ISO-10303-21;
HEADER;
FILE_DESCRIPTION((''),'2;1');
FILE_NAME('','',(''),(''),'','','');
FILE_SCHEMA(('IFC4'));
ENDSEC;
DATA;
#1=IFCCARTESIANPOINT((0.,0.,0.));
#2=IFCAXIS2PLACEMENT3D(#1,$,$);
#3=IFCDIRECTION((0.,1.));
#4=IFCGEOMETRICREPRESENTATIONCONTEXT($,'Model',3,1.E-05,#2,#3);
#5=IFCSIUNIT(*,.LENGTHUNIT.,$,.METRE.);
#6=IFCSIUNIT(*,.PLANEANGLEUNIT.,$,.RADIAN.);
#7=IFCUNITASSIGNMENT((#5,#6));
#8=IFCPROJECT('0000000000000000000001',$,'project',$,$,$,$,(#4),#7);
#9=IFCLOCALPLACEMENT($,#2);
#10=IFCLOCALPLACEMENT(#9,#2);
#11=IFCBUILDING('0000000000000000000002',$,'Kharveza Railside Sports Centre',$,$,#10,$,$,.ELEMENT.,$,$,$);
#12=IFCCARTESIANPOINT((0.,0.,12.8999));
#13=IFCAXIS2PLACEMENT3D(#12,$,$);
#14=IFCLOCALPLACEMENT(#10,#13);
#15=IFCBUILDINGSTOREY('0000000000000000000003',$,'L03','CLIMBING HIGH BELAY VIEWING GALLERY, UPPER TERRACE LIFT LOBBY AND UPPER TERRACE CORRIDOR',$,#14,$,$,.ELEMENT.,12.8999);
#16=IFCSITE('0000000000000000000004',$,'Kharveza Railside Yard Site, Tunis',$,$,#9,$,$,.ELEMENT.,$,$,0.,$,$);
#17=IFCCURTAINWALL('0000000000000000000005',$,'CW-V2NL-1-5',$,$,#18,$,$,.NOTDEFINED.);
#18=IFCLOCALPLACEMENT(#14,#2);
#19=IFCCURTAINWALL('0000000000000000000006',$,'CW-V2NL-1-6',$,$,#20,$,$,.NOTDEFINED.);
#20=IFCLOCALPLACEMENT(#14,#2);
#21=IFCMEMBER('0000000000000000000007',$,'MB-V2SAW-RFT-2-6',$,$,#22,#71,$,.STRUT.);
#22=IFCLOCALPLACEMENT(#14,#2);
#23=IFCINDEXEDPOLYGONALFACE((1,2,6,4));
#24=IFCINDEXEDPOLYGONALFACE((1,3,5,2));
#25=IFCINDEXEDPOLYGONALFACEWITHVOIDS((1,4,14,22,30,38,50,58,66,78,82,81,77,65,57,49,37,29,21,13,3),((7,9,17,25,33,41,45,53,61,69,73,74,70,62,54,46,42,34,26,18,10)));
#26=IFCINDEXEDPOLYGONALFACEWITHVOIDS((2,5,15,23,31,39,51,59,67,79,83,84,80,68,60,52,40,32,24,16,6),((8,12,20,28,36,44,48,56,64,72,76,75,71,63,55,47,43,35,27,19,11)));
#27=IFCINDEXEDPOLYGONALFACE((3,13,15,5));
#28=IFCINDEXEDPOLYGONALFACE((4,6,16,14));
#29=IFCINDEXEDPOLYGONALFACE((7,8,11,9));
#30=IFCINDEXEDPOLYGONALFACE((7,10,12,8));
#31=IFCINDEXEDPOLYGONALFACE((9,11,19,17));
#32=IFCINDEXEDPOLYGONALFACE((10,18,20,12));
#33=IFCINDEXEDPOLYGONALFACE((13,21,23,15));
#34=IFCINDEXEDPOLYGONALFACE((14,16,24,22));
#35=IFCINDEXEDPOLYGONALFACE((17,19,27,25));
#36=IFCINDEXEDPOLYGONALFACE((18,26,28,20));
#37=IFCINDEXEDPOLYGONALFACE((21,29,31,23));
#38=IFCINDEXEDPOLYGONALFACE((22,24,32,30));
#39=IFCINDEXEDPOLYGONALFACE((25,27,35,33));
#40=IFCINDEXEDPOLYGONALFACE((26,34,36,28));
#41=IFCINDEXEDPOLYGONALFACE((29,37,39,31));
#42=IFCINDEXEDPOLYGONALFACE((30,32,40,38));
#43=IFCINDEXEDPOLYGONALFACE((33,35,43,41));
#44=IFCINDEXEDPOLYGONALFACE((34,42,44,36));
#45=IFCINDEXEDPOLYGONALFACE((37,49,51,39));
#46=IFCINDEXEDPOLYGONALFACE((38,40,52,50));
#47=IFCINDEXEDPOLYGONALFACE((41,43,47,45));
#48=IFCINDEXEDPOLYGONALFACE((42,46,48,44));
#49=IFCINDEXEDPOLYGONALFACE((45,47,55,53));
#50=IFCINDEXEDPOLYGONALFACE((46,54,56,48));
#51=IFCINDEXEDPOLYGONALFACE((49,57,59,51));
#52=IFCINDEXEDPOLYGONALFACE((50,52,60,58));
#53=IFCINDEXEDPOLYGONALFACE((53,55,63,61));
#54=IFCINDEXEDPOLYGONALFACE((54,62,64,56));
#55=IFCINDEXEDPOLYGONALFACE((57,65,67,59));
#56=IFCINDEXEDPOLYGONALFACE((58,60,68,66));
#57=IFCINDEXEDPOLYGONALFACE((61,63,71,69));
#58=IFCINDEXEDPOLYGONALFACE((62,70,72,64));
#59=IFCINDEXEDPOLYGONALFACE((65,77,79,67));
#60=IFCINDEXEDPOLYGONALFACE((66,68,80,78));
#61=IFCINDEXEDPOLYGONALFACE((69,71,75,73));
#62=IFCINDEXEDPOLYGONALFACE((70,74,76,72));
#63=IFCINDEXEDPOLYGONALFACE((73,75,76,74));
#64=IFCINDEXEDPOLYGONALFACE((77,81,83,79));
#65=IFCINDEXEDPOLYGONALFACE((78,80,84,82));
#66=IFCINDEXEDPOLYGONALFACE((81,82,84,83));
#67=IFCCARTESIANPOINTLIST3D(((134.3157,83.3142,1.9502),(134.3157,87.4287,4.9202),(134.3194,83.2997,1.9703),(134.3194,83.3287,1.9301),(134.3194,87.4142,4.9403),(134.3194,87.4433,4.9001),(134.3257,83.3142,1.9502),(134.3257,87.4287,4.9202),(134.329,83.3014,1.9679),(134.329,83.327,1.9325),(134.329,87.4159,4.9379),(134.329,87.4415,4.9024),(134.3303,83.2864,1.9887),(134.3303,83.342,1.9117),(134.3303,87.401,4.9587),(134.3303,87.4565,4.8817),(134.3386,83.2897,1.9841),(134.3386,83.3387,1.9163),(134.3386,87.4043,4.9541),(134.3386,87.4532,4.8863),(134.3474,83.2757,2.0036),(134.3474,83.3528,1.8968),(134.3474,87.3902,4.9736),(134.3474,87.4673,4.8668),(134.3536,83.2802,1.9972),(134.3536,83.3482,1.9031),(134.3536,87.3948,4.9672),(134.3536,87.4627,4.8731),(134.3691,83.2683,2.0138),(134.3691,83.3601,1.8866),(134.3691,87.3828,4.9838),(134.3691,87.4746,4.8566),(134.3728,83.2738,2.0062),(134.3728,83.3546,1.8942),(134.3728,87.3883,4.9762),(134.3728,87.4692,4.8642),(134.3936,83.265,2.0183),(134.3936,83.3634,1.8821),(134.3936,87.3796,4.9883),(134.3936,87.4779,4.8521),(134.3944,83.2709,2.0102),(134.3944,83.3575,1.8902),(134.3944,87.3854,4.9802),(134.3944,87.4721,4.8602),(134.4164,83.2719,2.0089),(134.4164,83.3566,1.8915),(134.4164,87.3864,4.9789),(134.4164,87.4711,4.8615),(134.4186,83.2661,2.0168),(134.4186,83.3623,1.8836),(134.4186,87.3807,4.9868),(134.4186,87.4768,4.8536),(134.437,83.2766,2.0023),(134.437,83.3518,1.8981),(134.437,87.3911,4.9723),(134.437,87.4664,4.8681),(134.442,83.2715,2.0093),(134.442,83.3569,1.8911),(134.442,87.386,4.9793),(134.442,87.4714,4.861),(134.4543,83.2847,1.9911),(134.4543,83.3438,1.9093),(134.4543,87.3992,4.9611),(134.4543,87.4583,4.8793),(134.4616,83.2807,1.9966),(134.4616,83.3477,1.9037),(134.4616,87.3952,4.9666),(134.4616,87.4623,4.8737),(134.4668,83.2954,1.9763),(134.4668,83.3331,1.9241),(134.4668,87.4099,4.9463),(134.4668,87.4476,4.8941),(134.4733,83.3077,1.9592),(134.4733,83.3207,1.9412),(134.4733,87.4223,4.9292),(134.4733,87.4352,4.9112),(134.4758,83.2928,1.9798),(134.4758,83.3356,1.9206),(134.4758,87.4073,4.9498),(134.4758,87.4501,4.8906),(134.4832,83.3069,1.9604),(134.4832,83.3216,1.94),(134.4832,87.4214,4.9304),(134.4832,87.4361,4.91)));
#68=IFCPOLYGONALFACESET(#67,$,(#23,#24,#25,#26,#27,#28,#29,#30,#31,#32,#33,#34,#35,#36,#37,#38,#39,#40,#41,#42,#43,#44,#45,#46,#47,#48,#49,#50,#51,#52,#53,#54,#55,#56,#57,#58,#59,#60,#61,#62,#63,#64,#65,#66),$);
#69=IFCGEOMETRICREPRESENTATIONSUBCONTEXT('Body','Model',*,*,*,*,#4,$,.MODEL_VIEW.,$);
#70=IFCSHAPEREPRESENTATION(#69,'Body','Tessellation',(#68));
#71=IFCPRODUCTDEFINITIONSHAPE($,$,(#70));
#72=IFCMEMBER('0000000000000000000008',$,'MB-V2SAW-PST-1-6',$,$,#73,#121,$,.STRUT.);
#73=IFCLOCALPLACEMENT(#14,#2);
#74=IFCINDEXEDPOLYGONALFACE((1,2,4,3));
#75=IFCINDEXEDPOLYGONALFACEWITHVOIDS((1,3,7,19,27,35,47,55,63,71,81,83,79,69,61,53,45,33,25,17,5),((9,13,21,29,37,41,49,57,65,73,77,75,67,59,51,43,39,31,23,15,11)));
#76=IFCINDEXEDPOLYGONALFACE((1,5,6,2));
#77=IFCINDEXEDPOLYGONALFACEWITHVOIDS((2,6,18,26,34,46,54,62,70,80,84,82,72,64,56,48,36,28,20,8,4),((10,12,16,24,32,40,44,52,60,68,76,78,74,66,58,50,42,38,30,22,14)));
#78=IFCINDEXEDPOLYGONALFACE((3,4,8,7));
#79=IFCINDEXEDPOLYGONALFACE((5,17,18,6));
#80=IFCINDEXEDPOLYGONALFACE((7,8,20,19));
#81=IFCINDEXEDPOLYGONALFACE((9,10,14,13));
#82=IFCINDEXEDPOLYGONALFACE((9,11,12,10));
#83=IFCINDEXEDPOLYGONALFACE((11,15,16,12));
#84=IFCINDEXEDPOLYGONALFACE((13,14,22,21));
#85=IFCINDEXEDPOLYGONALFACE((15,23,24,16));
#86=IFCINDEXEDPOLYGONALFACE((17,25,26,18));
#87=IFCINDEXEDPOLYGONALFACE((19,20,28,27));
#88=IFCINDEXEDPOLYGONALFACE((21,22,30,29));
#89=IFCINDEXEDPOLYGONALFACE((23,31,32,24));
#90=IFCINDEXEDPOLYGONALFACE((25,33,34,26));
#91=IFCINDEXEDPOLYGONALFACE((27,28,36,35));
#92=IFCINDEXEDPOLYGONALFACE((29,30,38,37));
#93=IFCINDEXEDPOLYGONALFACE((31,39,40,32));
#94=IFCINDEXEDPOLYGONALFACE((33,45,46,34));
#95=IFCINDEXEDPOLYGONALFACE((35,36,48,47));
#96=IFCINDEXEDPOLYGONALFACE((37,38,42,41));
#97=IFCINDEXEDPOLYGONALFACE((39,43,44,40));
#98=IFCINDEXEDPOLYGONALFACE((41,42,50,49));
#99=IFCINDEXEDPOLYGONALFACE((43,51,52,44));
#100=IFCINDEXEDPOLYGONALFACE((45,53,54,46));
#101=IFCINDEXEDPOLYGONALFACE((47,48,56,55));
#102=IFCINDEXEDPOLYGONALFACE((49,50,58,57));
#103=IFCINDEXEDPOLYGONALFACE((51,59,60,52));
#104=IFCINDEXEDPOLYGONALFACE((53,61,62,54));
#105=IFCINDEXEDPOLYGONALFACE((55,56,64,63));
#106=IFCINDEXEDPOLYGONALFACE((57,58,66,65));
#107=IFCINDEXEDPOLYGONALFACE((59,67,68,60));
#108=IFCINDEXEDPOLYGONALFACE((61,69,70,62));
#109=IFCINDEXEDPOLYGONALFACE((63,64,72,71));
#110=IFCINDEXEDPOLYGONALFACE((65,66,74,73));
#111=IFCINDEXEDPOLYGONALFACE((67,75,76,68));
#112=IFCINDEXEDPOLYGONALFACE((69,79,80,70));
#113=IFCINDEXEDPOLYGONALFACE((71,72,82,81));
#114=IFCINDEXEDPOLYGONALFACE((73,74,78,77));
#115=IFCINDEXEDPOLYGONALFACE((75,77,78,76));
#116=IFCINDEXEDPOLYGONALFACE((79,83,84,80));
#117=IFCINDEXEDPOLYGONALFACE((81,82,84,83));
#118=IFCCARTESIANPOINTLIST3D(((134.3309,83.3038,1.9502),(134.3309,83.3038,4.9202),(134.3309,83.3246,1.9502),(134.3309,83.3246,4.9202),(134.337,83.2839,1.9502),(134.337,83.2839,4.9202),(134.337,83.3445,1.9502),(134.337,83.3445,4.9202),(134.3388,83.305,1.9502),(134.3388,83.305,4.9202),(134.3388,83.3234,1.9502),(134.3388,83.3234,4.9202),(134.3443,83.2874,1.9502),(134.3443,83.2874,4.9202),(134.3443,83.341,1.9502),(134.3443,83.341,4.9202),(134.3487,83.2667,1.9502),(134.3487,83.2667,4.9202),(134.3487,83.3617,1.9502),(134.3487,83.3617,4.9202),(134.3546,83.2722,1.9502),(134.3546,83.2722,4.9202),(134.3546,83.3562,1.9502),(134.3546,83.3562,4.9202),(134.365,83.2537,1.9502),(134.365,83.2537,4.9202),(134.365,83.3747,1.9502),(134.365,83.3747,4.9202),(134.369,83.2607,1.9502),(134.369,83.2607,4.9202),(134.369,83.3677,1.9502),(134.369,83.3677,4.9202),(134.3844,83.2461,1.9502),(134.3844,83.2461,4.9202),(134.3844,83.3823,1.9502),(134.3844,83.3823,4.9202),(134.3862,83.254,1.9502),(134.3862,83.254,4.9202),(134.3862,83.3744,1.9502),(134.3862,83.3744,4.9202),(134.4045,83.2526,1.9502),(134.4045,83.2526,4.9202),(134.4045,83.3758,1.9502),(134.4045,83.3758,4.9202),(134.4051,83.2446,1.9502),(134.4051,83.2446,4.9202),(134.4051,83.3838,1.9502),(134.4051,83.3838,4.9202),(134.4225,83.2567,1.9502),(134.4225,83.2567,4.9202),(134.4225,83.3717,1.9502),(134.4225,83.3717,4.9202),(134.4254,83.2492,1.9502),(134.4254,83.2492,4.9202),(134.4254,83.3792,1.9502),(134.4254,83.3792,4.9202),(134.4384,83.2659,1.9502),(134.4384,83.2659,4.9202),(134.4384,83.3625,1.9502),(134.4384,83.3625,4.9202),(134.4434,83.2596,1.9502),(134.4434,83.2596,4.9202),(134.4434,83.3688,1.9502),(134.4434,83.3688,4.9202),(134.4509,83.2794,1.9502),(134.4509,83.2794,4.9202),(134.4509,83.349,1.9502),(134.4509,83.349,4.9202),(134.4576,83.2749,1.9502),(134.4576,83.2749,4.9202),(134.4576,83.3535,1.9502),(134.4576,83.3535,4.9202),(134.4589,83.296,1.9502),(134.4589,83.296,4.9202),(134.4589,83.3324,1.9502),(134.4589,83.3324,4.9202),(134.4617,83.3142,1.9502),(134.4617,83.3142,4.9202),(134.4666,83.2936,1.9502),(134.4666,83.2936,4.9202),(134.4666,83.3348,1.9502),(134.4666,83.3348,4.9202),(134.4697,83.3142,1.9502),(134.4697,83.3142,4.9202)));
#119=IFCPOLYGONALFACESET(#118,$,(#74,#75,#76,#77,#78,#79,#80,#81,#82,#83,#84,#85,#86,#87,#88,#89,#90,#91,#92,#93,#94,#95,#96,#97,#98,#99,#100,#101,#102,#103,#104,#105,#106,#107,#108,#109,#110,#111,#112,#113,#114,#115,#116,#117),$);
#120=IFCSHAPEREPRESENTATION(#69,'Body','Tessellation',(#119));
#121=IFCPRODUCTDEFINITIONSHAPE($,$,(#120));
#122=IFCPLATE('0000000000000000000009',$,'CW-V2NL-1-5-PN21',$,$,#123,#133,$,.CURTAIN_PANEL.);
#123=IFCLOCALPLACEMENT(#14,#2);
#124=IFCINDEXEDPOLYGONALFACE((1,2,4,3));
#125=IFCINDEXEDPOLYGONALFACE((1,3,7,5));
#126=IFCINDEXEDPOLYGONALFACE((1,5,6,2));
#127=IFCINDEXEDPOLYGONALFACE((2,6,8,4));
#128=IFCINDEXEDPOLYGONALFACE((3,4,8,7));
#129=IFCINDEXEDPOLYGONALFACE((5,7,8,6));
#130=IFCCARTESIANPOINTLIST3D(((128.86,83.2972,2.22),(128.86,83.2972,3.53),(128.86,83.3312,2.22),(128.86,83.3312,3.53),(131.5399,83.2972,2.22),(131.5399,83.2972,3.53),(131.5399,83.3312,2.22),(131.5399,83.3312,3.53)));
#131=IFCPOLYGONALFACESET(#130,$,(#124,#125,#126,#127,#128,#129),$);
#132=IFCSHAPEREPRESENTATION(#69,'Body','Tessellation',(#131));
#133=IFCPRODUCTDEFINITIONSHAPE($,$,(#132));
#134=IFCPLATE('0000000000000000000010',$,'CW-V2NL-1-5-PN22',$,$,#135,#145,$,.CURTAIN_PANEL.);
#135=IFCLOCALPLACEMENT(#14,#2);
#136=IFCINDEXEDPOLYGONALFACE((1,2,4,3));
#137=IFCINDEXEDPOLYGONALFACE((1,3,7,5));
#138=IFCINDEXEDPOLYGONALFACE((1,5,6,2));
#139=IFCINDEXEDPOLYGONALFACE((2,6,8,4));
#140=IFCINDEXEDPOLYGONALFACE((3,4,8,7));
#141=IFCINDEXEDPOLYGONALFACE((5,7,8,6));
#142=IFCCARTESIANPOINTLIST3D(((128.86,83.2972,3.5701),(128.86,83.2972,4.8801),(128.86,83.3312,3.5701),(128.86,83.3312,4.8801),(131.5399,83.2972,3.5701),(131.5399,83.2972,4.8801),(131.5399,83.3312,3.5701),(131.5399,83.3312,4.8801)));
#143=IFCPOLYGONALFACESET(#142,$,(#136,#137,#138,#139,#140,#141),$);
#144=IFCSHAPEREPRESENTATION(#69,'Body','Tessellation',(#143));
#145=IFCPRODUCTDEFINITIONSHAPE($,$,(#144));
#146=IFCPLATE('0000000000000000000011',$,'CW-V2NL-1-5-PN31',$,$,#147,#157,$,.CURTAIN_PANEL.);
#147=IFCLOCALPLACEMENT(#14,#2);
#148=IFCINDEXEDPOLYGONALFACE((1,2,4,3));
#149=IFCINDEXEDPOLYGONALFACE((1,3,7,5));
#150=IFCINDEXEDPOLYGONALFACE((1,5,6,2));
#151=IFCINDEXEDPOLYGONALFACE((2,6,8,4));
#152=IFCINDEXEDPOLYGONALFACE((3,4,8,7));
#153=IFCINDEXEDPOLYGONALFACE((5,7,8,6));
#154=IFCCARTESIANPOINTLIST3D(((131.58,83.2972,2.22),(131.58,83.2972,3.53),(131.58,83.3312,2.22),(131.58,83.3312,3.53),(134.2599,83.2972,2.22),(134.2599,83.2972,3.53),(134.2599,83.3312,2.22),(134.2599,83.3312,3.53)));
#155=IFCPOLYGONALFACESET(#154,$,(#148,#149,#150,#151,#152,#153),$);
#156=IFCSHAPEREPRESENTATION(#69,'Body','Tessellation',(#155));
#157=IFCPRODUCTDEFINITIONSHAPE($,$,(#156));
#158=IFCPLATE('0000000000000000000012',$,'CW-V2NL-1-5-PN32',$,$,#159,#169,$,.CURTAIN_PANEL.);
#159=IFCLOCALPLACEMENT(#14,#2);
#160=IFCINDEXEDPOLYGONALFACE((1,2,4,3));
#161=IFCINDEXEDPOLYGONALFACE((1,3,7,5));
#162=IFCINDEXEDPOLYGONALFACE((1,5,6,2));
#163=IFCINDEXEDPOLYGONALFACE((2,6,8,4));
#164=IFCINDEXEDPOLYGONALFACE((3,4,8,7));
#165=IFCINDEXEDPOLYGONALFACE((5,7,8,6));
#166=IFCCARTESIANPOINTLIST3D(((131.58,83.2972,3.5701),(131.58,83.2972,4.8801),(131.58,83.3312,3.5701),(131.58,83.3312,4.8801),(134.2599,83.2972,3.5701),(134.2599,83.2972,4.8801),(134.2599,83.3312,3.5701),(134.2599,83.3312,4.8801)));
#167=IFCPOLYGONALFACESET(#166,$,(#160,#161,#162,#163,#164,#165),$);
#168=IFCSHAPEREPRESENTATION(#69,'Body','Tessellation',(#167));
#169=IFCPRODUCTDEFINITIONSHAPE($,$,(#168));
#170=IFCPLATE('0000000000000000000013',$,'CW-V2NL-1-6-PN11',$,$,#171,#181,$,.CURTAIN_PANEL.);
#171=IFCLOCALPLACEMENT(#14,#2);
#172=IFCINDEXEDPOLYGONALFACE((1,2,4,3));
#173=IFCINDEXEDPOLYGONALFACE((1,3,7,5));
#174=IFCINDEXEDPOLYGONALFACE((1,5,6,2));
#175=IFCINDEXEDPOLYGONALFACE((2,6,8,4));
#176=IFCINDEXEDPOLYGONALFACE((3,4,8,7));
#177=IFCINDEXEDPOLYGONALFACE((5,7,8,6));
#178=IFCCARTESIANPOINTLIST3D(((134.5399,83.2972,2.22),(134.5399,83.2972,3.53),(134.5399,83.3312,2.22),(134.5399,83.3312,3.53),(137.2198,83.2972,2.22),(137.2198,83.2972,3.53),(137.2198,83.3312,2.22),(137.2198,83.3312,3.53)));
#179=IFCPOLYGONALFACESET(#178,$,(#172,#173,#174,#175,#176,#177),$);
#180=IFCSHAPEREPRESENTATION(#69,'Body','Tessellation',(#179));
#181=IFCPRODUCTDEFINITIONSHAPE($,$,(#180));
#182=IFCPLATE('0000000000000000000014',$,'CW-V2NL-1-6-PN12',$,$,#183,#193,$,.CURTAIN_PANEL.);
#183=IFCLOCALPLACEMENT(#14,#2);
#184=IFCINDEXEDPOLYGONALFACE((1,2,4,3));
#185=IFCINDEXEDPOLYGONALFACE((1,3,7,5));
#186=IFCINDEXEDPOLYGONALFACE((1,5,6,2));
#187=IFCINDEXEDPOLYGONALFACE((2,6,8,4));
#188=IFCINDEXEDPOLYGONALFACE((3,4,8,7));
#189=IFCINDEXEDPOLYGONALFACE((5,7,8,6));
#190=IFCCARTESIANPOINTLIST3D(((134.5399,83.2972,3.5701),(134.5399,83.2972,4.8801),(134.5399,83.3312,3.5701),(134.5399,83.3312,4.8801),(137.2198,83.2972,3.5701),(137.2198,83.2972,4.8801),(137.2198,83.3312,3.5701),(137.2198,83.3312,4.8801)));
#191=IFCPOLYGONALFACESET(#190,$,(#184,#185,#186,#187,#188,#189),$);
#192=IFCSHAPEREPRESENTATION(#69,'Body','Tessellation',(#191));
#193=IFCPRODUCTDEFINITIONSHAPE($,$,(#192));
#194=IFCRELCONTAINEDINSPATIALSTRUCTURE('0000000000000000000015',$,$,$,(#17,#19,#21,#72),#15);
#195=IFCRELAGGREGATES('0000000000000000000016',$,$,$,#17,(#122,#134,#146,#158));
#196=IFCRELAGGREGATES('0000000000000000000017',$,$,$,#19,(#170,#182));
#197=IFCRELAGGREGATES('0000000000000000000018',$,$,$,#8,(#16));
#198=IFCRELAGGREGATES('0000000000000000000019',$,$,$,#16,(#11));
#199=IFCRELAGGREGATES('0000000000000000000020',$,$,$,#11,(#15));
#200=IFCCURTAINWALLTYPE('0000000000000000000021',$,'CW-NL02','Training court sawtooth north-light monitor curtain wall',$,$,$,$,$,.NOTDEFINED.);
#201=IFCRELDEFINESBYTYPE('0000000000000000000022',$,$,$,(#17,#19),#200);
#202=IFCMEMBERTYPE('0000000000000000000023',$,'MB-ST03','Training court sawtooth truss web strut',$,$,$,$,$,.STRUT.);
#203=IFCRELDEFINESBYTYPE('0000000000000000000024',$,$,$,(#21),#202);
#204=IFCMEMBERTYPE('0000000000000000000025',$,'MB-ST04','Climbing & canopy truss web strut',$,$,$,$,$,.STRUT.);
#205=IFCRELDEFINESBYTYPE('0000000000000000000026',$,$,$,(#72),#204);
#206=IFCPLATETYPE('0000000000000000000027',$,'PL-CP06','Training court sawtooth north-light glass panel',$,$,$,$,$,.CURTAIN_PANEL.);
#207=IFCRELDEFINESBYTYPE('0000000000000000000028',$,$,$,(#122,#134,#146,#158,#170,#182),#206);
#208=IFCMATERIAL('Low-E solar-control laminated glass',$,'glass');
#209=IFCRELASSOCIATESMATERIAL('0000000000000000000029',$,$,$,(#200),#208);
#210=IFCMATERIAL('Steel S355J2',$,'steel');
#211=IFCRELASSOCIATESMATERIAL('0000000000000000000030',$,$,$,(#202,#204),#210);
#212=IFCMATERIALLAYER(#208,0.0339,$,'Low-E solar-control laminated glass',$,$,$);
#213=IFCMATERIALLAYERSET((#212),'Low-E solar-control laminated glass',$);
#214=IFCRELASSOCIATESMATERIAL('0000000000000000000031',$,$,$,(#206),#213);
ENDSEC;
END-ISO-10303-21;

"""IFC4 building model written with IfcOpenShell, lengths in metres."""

from ifc_helpers import new_model, si_unit, direction, frame, origin, origin_2d, place, context, subcontext, project, spatial, rectangle, hollow_circle, extrude, material, layer, layer_set, material_profile, profile_set, type_object, element, aggregate, save


model = new_model("IFC4")

# Units and contexts
model_context = context("Model", 3, precision=1e-05, world=origin(), true_north=direction((0.0, 1.0)))
body_context = subcontext(model_context, "Body", "Model", "MODEL_VIEW")
ifc_project = project(units=[si_unit("LENGTHUNIT", "METRE"), si_unit("PLANEANGLEUNIT", "RADIAN")], contexts=[model_context])

# Site, building, storey
site_placement = place(None, origin())
site = spatial("IfcSite", under=ifc_project, at=site_placement, Name="Kharveza Railside Yard Site, Tunis", CompositionType="ELEMENT", RefElevation=0.0)
building_placement = place(site_placement, origin())
building = spatial("IfcBuilding", under=site, at=building_placement, Name="Kharveza Railside Sports Centre", CompositionType="ELEMENT")
storey_placement = place(building_placement, frame((0.0, 0.0, 12.8999)))
storey = spatial("IfcBuildingStorey", under=building, at=storey_placement, Name="L03", Description="CLIMBING HIGH BELAY VIEWING GALLERY, UPPER TERRACE LIFT LOBBY AND UPPER TERRACE CORRIDOR", CompositionType="ELEMENT", Elevation=12.8999)

# Shared definitions
ifc_material_1 = material(Name="Steel S355J2", Category="steel")

# Curtain walls
ifc_material_2 = material(Name="Low-E solar-control laminated glass", Category="glass")
curtain_wall_type = type_object("IfcCurtainWallType", Name="CW-NL02", Description="Training court sawtooth north-light monitor curtain wall", PredefinedType="NOTDEFINED", material=ifc_material_2)
curtain_wall_1_placement = place(storey_placement, origin())
curtain_wall_1 = element("IfcCurtainWall", 1, at=curtain_wall_1_placement, inside=storey, type_object=curtain_wall_type, Name="CW-V2NL-1-5", PredefinedType="NOTDEFINED")
curtain_wall_2_placement = place(storey_placement, origin())
curtain_wall_2 = element("IfcCurtainWall", 2, at=curtain_wall_2_placement, inside=storey, type_object=curtain_wall_type, Name="CW-V2NL-1-6", PredefinedType="NOTDEFINED")

# Members
ifc_material_profile_1 = material_profile(ifc_material_1, hollow_circle(Radius=0.0842, WallThickness=0.01, at=origin_2d()), Name="CHS 168.3x10.0")
ifc_profile_set_1 = profile_set([ifc_material_profile_1], Name="Steel S355J2")
member_type_1 = type_object("IfcMemberType", Name="MB-ST03", Description="Training court sawtooth truss web strut", PredefinedType="STRUT", material=ifc_profile_set_1)
member_1_placement = place(storey_placement, frame((134.3999, 83.3142, 1.9502), z_axis=(0.0, 0.81083, 0.585281), x_axis=(-1.0, 0.0, 0.0)))
element("IfcMember", 3, at=member_1_placement, inside=storey, type_object=member_type_1, Name="MB-V2SAW-RFT-2-6", PredefinedType="STRUT", context=body_context, shape_type="SweptSolid", body=[
    extrude(hollow_circle(Radius=0.0842, WallThickness=0.01, at=origin_2d()), origin(), (0.0, 0.0, 1.0), 5.0745),
])
ifc_material_profile_2 = material_profile(ifc_material_1, hollow_circle(Radius=0.0698, WallThickness=0.0081, at=origin_2d()), Name="CHS 139.7x8.0")
ifc_profile_set_2 = profile_set([ifc_material_profile_2], Name="Steel S355J2")
member_type_2 = type_object("IfcMemberType", Name="MB-ST04", Description="Climbing & canopy truss web strut", PredefinedType="STRUT", material=ifc_profile_set_2)
member_2_placement = place(storey_placement, frame((134.3999, 83.3142, 1.9502), z_axis=(0.0, 0.0, 1.0), x_axis=(1.0, 0.0, 0.0)))
element("IfcMember", 4, at=member_2_placement, inside=storey, type_object=member_type_2, Name="MB-V2SAW-PST-1-6", PredefinedType="STRUT", context=body_context, shape_type="SweptSolid", body=[
    extrude(hollow_circle(Radius=0.0698, WallThickness=0.0081, at=origin_2d()), origin(), (0.0, 0.0, 1.0), 2.97),
])

# Plates
ifc_layer_1 = layer(ifc_material_2, 0.0339, Name="Low-E solar-control laminated glass")
ifc_layer_set_1 = layer_set([ifc_layer_1], Name="Low-E solar-control laminated glass")
plate_type_1 = type_object("IfcPlateType", Name="PL-CP06", Description="Training court sawtooth north-light glass panel", PredefinedType="CURTAIN_PANEL", material=ifc_layer_set_1)
plate_1_placement = place(storey_placement, frame((130.2, 83.3142, 2.22), z_axis=(0.0, 0.0, 1.0), x_axis=(1.0, 0.0, 0.0)))
plate_1 = element("IfcPlate", 5, at=plate_1_placement, type_object=plate_type_1, Name="CW-V2NL-1-5-PN21", PredefinedType="CURTAIN_PANEL", context=body_context, shape_type="SweptSolid", body=[
    extrude(rectangle(XDim=2.6799, YDim=0.0339, at=origin_2d()), origin(), (0.0, 0.0, 1.0), 1.3101),
])
plate_2_placement = place(storey_placement, frame((130.2, 83.3142, 3.5701), z_axis=(0.0, 0.0, 1.0), x_axis=(1.0, 0.0, 0.0)))
plate_2 = element("IfcPlate", 6, at=plate_2_placement, type_object=plate_type_1, Name="CW-V2NL-1-5-PN22", PredefinedType="CURTAIN_PANEL", context=body_context, shape_type="SweptSolid", body=[
    extrude(rectangle(XDim=2.6799, YDim=0.0339, at=origin_2d()), origin(), (0.0, 0.0, 1.0), 1.3101),
])
plate_3_placement = place(storey_placement, frame((132.9199, 83.3142, 2.22), z_axis=(0.0, 0.0, 1.0), x_axis=(1.0, 0.0, 0.0)))
plate_3 = element("IfcPlate", 7, at=plate_3_placement, type_object=plate_type_1, Name="CW-V2NL-1-5-PN31", PredefinedType="CURTAIN_PANEL", context=body_context, shape_type="SweptSolid", body=[
    extrude(rectangle(XDim=2.6799, YDim=0.0339, at=origin_2d()), origin(), (0.0, 0.0, 1.0), 1.3101),
])
plate_4_placement = place(storey_placement, frame((132.9199, 83.3142, 3.5701), z_axis=(0.0, 0.0, 1.0), x_axis=(1.0, 0.0, 0.0)))
plate_4 = element("IfcPlate", 8, at=plate_4_placement, type_object=plate_type_1, Name="CW-V2NL-1-5-PN32", PredefinedType="CURTAIN_PANEL", context=body_context, shape_type="SweptSolid", body=[
    extrude(rectangle(XDim=2.6799, YDim=0.0339, at=origin_2d()), origin(), (0.0, 0.0, 1.0), 1.3101),
])
aggregate(curtain_wall_1, [plate_1, plate_2, plate_3, plate_4])
plate_5_placement = place(storey_placement, frame((135.8799, 83.3142, 2.22), z_axis=(0.0, 0.0, 1.0), x_axis=(1.0, 0.0, 0.0)))
plate_5 = element("IfcPlate", 9, at=plate_5_placement, type_object=plate_type_1, Name="CW-V2NL-1-6-PN11", PredefinedType="CURTAIN_PANEL", context=body_context, shape_type="SweptSolid", body=[
    extrude(rectangle(XDim=2.6799, YDim=0.0339, at=origin_2d()), origin(), (0.0, 0.0, 1.0), 1.3101),
])
plate_6_placement = place(storey_placement, frame((135.8799, 83.3142, 3.5701), z_axis=(0.0, 0.0, 1.0), x_axis=(1.0, 0.0, 0.0)))
plate_6 = element("IfcPlate", 10, at=plate_6_placement, type_object=plate_type_1, Name="CW-V2NL-1-6-PN12", PredefinedType="CURTAIN_PANEL", context=body_context, shape_type="SweptSolid", body=[
    extrude(rectangle(XDim=2.6799, YDim=0.0339, at=origin_2d()), origin(), (0.0, 0.0, 1.0), 1.3101),
])
aggregate(curtain_wall_2, [plate_5, plate_6])

save(model, "model.ifc")
